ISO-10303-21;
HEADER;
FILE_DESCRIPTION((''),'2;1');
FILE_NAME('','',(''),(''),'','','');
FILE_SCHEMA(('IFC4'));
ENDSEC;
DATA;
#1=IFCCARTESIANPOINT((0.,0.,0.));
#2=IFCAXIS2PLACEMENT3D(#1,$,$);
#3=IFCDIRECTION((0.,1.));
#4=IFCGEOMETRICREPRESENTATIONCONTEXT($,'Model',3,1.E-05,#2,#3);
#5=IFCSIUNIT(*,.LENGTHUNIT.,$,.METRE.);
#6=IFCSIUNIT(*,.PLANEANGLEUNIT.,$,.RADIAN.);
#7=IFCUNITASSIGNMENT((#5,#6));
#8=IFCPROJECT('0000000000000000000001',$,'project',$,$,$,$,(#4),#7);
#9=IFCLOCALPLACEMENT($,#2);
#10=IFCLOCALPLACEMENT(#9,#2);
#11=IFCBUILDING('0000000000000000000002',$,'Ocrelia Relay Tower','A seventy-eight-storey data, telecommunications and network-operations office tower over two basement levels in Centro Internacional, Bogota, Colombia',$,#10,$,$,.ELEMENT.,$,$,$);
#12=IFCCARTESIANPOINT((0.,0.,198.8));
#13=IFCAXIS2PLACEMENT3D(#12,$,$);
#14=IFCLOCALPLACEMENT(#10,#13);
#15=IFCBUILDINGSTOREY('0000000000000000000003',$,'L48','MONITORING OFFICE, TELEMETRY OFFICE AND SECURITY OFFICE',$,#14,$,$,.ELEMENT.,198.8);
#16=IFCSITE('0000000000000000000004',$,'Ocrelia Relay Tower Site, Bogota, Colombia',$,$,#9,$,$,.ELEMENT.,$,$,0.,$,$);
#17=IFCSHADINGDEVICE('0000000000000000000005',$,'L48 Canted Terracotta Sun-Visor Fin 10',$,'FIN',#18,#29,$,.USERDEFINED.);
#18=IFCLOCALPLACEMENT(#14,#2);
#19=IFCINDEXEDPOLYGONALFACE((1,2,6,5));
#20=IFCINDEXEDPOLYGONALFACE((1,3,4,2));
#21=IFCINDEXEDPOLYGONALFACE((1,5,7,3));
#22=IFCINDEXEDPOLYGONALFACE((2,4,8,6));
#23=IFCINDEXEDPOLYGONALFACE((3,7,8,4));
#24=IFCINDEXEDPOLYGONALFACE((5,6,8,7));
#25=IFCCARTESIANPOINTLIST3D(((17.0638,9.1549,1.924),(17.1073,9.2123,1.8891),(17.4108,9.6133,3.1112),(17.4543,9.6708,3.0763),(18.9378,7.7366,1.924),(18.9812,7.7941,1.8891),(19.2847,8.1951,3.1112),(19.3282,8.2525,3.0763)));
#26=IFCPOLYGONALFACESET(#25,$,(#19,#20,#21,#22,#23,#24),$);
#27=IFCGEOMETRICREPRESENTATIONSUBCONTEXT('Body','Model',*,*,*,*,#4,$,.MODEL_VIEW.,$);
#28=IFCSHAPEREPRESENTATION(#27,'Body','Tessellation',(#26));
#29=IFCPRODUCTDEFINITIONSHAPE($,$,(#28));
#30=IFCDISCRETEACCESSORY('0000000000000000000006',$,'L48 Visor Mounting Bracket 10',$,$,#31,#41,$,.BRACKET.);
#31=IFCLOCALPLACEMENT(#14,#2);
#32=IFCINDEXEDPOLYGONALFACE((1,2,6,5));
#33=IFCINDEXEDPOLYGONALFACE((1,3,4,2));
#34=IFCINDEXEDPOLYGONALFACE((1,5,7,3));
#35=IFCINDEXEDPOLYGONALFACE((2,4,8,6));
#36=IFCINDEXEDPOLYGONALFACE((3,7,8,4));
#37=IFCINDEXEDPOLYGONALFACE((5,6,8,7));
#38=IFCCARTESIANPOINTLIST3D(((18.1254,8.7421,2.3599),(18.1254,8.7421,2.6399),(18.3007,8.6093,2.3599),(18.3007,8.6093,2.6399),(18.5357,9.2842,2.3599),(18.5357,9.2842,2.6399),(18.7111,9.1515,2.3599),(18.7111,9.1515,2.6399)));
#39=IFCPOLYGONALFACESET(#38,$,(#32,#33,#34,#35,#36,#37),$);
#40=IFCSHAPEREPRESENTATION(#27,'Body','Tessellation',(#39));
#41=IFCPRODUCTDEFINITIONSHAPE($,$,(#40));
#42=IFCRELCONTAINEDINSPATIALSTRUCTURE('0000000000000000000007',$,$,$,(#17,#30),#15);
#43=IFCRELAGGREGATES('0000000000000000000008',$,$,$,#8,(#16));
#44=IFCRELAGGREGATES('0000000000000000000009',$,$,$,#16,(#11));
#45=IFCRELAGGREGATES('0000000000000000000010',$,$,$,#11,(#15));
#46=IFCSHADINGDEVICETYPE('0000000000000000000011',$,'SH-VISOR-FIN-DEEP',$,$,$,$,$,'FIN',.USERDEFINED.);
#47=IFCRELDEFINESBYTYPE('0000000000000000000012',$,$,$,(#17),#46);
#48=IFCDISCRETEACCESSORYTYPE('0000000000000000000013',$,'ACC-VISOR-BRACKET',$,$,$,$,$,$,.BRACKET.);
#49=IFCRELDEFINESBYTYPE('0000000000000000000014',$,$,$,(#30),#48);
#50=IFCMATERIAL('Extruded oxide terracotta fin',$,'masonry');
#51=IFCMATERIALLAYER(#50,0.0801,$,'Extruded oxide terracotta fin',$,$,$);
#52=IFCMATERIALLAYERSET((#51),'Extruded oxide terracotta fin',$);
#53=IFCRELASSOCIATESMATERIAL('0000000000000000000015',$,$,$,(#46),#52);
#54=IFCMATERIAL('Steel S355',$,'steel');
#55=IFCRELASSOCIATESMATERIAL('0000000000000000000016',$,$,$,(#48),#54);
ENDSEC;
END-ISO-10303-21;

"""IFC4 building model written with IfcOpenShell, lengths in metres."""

from ifc_helpers import new_model, si_unit, direction, frame, origin, origin_2d, place, context, subcontext, project, spatial, rectangle, extrude, material, layer, layer_set, type_object, element, save


model = new_model("IFC4")

# Units and contexts
model_context = context("Model", 3, precision=1e-05, world=origin(), true_north=direction((0.0, 1.0)))
body_context = subcontext(model_context, "Body", "Model", "MODEL_VIEW")
ifc_project = project(units=[si_unit("LENGTHUNIT", "METRE"), si_unit("PLANEANGLEUNIT", "RADIAN")], contexts=[model_context])

# Site, building, storey
site_placement = place(None, origin())
site = spatial("IfcSite", under=ifc_project, at=site_placement, Name="Ocrelia Relay Tower Site, Bogota, Colombia", CompositionType="ELEMENT", RefElevation=0.0)
building_placement = place(site_placement, origin())
building = spatial("IfcBuilding", under=site, at=building_placement, Name="Ocrelia Relay Tower", Description="A seventy-eight-storey data, telecommunications and network-operations office tower over two basement levels in Centro Internacional, Bogota, Colombia", CompositionType="ELEMENT")
storey_placement = place(building_placement, frame((0.0, 0.0, 198.8)))
storey = spatial("IfcBuildingStorey", under=building, at=storey_placement, Name="L48", Description="MONITORING OFFICE, TELEMETRY OFFICE AND SECURITY OFFICE", CompositionType="ELEMENT", Elevation=198.8)

# Shared definitions
ifc_material_1 = material(Name="Steel S355", Category="steel")

# Shading device
ifc_material_2 = material(Name="Extruded oxide terracotta fin", Category="masonry")
ifc_layer_1 = layer(ifc_material_2, 0.0801, Name="Extruded oxide terracotta fin")
ifc_layer_set_1 = layer_set([ifc_layer_1], Name="Extruded oxide terracotta fin")
shading_device_type_1 = type_object("IfcShadingDeviceType", Name="SH-VISOR-FIN-DEEP", ElementType="FIN", PredefinedType="USERDEFINED", material=ifc_layer_set_1)
shading_device_1_placement = place(storey_placement, frame((18.2178, 8.7324, 2.4827), z_axis=(-0.543141, -0.717652, 0.43586), x_axis=(0.797378, -0.603481, 0.0)))
element("IfcShadingDevice", 1, at=shading_device_1_placement, inside=storey, type_object=shading_device_type_1, Name="L48 Canted Terracotta Sun-Visor Fin 10", ObjectType="FIN", PredefinedType="USERDEFINED", context=body_context, shape_type="SweptSolid", body=[
    extrude(rectangle(XDim=2.3501, YDim=1.3191, at=origin_2d()), origin(), (0.0, 0.0, 1.0), 0.0801),
])

# Discrete accessory
discrete_accessory_type = type_object("IfcDiscreteAccessoryType", Name="ACC-VISOR-BRACKET", PredefinedType="BRACKET", material=ifc_material_1)
discrete_accessory_placement = place(storey_placement, frame((18.4182, 8.9468, 2.3599), z_axis=(0.0, 0.0, 1.0), x_axis=(0.797378, -0.603481, 0.0)))
element("IfcDiscreteAccessory", 2, at=discrete_accessory_placement, inside=storey, type_object=discrete_accessory_type, Name="L48 Visor Mounting Bracket 10", PredefinedType="BRACKET", context=body_context, shape_type="SweptSolid", body=[
    extrude(rectangle(XDim=0.22, YDim=0.6799, at=origin_2d()), origin(), (0.0, 0.0, 1.0), 0.28),
])

save(model, "model.ifc")
